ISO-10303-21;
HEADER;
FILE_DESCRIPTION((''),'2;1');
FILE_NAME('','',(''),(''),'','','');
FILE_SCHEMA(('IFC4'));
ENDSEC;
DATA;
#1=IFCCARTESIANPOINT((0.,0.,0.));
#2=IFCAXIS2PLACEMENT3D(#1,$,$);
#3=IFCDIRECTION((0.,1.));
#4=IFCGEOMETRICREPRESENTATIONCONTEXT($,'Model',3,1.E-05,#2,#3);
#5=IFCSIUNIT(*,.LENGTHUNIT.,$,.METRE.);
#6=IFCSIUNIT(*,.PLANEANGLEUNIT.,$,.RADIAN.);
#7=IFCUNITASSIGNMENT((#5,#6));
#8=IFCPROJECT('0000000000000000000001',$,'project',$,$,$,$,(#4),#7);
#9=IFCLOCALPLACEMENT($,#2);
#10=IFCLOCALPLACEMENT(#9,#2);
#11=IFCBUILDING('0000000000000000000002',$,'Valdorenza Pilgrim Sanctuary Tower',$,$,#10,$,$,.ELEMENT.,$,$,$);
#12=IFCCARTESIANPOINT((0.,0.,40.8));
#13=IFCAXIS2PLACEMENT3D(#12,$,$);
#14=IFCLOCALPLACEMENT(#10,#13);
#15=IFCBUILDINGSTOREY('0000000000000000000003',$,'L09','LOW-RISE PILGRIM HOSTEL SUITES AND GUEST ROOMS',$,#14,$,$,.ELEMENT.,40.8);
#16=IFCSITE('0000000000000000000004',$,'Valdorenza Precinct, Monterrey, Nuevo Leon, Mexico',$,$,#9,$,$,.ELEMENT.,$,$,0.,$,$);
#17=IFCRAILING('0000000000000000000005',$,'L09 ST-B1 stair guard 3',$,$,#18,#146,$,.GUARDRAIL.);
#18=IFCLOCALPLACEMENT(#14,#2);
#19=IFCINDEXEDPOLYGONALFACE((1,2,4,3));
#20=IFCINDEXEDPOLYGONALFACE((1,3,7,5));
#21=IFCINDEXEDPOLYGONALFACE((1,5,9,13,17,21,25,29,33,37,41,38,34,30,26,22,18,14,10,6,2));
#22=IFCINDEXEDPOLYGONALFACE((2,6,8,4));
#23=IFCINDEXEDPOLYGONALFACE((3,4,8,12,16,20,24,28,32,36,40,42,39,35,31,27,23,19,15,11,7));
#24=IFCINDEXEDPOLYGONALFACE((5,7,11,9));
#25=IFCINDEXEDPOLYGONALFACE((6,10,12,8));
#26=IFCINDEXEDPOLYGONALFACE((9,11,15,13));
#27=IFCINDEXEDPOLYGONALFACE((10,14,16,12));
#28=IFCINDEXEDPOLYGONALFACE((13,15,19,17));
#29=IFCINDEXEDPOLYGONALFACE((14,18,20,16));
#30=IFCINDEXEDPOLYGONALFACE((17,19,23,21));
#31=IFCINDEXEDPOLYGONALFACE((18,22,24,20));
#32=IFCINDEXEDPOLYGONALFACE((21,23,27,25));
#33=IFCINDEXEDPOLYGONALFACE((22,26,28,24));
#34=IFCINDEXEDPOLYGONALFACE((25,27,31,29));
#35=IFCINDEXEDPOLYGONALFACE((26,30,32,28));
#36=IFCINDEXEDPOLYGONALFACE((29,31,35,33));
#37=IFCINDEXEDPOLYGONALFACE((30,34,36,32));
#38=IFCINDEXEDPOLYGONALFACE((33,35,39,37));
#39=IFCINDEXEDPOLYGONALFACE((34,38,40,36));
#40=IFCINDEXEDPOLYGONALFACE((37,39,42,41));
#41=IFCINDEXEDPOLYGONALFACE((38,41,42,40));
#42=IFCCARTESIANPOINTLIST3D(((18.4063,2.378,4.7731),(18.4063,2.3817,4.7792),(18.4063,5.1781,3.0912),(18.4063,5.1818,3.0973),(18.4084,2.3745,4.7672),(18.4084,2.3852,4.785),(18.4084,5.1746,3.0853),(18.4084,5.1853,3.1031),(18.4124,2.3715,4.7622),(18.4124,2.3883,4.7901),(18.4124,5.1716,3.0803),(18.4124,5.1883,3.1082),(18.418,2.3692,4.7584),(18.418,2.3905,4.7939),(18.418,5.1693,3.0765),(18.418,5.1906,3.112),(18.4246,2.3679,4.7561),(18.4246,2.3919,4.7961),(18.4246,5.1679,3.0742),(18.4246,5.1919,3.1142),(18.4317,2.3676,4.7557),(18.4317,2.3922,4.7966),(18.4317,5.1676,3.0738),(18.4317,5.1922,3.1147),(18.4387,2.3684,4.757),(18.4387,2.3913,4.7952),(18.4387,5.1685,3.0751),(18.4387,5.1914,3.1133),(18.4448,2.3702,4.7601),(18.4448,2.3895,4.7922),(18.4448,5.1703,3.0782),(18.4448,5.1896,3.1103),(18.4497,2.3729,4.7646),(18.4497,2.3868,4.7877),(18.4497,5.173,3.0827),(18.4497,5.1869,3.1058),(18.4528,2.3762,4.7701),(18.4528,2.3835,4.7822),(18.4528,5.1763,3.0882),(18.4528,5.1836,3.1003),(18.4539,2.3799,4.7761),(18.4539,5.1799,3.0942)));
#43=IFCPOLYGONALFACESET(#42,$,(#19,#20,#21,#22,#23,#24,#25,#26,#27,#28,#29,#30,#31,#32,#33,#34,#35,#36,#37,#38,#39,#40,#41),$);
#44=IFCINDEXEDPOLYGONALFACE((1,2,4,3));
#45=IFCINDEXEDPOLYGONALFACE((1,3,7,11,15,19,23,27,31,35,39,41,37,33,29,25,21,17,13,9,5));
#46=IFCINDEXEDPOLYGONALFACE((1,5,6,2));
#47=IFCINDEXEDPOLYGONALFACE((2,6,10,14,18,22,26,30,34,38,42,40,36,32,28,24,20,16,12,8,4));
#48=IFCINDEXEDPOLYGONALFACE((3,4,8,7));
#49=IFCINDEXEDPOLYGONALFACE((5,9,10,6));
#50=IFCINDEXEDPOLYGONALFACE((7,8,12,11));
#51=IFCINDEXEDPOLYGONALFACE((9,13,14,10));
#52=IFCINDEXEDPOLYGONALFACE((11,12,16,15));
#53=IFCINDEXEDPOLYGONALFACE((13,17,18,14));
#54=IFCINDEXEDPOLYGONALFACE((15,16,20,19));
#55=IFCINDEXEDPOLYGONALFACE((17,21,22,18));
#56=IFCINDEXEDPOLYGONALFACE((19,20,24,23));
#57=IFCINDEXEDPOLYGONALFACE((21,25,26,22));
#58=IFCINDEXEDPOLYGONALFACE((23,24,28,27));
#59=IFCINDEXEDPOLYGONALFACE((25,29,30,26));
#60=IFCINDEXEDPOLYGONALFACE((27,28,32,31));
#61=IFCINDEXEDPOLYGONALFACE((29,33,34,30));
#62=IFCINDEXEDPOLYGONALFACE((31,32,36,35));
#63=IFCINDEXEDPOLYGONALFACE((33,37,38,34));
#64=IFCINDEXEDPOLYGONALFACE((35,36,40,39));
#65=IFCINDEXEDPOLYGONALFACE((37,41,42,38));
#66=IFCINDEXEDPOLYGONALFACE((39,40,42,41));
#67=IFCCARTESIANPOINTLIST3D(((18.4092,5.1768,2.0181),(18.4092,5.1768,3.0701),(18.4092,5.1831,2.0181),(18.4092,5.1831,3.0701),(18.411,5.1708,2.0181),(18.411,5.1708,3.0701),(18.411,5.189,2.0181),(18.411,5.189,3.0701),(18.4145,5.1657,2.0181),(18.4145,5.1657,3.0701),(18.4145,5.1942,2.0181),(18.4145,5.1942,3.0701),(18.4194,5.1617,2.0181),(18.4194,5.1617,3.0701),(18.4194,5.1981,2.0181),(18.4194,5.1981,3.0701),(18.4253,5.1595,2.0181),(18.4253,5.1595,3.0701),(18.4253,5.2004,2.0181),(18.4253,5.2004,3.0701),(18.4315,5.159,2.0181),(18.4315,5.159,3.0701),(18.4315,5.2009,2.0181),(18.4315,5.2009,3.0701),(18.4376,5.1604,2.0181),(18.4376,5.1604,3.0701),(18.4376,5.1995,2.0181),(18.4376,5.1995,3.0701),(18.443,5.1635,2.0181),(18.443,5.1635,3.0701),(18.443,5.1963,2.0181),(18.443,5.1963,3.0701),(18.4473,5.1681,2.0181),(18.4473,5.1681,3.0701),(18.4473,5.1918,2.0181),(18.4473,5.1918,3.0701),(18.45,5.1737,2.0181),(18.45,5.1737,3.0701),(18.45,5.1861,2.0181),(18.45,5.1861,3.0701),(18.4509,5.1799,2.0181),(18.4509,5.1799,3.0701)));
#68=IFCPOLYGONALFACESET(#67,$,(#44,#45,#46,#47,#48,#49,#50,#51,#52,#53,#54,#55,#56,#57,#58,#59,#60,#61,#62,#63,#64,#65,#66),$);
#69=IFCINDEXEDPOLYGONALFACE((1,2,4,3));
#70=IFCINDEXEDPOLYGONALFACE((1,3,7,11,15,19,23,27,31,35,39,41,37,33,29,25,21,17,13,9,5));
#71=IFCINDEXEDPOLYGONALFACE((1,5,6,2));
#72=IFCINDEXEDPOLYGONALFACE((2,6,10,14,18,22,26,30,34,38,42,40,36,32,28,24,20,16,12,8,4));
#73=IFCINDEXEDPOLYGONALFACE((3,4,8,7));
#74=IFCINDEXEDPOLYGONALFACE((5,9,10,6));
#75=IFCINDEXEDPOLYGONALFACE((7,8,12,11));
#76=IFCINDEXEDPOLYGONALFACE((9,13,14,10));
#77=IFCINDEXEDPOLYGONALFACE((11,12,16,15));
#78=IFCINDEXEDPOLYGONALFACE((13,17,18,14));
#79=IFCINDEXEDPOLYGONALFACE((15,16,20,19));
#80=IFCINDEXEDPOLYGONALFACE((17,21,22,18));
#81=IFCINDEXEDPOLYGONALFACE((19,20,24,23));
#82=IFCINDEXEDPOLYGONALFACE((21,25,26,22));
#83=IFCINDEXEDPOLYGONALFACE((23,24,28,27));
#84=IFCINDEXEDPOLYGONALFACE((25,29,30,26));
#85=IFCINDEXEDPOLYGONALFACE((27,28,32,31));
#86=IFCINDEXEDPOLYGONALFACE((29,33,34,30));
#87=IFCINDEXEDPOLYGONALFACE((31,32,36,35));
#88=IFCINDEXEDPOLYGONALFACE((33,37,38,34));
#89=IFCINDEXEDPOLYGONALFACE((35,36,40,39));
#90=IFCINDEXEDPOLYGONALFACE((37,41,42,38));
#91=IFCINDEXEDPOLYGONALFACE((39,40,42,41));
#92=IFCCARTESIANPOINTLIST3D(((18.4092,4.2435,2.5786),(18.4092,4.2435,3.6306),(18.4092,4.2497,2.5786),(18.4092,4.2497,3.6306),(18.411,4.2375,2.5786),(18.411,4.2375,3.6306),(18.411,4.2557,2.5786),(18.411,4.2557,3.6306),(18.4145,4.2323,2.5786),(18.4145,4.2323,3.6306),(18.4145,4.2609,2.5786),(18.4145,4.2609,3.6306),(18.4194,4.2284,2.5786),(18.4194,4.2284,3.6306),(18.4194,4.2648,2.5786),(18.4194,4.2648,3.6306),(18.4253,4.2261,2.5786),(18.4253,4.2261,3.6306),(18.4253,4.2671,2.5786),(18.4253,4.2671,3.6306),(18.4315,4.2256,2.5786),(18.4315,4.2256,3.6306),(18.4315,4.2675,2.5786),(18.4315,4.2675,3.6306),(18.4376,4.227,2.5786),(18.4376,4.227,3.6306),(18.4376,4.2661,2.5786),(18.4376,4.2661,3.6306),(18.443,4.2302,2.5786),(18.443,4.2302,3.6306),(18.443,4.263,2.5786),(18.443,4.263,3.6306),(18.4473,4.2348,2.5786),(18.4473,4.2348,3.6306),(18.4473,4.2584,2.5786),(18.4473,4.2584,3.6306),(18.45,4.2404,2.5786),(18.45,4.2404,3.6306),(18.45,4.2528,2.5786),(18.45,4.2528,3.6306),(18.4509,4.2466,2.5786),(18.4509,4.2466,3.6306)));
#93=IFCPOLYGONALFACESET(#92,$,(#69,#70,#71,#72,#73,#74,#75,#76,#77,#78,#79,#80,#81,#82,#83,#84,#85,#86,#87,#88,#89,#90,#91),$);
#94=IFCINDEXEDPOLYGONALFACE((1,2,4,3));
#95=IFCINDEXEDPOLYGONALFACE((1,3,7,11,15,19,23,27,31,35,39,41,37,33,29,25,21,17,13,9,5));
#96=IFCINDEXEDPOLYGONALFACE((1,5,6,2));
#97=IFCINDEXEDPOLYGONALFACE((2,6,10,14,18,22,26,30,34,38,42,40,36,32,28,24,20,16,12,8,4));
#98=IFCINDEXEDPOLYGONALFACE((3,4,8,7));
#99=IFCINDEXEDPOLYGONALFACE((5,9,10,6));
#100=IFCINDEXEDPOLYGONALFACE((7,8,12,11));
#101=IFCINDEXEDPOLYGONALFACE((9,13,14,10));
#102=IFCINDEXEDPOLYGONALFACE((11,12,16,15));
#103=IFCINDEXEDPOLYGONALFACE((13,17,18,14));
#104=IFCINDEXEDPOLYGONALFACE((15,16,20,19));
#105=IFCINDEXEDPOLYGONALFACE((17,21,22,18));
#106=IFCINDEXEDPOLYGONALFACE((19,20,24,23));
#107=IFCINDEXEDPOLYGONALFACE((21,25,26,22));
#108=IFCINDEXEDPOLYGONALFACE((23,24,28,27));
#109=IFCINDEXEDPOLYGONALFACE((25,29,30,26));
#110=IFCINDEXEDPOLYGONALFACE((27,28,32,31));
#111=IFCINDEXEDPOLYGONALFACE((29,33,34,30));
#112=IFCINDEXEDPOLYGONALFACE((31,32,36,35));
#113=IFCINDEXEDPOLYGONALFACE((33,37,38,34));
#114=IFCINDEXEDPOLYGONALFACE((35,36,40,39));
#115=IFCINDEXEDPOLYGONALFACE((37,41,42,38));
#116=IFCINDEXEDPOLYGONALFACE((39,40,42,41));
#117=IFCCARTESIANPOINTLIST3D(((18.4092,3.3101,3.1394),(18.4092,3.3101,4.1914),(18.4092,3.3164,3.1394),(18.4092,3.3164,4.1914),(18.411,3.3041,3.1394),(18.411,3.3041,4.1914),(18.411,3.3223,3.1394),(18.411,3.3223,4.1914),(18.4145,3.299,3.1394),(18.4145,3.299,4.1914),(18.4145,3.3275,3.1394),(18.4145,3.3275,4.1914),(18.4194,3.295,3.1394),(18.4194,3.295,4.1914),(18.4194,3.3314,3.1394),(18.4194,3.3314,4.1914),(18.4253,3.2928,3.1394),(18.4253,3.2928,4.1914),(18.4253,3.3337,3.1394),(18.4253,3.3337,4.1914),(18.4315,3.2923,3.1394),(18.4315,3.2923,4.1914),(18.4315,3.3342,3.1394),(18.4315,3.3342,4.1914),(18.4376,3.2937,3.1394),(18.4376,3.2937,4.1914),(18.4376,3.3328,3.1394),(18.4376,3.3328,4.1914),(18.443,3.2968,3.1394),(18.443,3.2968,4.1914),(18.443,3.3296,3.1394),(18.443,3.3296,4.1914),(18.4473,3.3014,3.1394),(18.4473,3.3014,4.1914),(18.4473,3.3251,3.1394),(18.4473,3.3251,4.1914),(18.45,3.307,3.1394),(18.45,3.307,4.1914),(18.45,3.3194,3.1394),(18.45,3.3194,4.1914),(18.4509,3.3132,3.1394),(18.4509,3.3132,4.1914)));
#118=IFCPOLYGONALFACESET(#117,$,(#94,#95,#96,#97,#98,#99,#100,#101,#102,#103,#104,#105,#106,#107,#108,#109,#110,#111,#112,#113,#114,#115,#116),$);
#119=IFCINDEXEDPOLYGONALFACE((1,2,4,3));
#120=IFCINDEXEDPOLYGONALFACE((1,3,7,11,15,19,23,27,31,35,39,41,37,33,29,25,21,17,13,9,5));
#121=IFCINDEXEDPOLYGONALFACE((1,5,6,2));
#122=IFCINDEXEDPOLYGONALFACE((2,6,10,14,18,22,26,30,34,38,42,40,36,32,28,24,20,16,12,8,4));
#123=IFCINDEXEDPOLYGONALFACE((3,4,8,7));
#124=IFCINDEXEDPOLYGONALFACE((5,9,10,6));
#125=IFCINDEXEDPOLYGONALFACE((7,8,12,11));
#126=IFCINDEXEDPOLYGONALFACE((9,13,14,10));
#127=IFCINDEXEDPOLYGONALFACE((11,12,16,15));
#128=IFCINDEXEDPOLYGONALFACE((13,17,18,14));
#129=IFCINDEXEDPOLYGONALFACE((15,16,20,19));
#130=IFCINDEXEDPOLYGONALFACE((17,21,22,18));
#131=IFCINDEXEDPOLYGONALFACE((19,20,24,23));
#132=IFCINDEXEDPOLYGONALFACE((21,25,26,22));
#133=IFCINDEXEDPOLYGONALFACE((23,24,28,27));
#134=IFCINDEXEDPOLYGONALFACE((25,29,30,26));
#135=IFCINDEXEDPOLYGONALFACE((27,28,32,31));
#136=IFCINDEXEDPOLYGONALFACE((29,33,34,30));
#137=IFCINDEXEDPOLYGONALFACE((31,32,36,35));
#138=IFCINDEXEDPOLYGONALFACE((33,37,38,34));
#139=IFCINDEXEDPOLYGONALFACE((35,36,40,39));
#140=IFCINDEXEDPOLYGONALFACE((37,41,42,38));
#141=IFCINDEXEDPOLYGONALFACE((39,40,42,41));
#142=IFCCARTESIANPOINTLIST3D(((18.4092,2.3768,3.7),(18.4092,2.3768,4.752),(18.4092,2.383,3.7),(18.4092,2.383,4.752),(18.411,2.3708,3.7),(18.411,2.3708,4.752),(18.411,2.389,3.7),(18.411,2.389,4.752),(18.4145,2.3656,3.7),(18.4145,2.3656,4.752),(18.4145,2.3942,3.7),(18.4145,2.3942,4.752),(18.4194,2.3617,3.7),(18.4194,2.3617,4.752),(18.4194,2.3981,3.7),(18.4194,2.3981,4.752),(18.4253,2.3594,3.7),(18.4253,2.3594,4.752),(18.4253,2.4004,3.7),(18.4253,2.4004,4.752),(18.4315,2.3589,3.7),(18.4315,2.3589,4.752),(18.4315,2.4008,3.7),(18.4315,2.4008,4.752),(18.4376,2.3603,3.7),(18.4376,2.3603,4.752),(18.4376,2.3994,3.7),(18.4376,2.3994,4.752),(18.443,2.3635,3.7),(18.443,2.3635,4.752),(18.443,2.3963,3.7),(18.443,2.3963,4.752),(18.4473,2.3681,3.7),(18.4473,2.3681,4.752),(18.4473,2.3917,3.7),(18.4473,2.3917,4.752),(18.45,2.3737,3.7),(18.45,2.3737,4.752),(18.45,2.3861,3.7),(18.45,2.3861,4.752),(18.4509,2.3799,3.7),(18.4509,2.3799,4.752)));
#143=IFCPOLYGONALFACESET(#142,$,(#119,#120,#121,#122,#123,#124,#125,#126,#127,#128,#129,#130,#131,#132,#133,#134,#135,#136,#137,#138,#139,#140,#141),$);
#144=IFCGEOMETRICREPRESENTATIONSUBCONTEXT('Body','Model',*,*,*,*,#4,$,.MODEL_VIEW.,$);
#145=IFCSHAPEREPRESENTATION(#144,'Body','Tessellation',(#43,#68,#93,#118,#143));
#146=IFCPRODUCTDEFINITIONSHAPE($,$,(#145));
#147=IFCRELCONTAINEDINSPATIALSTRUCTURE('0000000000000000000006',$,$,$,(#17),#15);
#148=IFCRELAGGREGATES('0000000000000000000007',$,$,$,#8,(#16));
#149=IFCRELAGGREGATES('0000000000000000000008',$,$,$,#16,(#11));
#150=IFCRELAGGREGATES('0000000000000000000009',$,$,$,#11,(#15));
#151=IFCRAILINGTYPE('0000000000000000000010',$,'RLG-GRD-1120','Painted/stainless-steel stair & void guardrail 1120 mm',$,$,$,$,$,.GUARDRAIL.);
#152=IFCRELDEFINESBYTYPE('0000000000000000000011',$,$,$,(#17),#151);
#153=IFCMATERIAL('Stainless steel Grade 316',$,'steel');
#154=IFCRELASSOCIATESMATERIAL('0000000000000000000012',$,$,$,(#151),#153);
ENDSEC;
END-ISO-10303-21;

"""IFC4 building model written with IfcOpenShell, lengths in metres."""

from ifc_helpers import new_model, si_unit, direction, frame, origin, origin_2d, place, context, subcontext, project, spatial, circle, extrude, material, type_object, element, save


model = new_model("IFC4")

# Units and contexts
model_context = context("Model", 3, precision=1e-05, world=origin(), true_north=direction((0.0, 1.0)))
body_context = subcontext(model_context, "Body", "Model", "MODEL_VIEW")
ifc_project = project(units=[si_unit("LENGTHUNIT", "METRE"), si_unit("PLANEANGLEUNIT", "RADIAN")], contexts=[model_context])

# Site, building, storey
site_placement = place(None, origin())
site = spatial("IfcSite", under=ifc_project, at=site_placement, Name="Valdorenza Precinct, Monterrey, Nuevo Leon, Mexico", CompositionType="ELEMENT", RefElevation=0.0)
building_placement = place(site_placement, origin())
building = spatial("IfcBuilding", under=site, at=building_placement, Name="Valdorenza Pilgrim Sanctuary Tower", CompositionType="ELEMENT")
storey_placement = place(building_placement, frame((0.0, 0.0, 40.8)))
storey = spatial("IfcBuildingStorey", under=building, at=storey_placement, Name="L09", Description="LOW-RISE PILGRIM HOSTEL SUITES AND GUEST ROOMS", CompositionType="ELEMENT", Elevation=40.8)

# Railing
ifc_material_1 = material(Name="Stainless steel Grade 316", Category="steel")
railing_type_1 = type_object("IfcRailingType", Name="RLG-GRD-1120", Description="Painted/stainless-steel stair & void guardrail 1120 mm", PredefinedType="GUARDRAIL", material=ifc_material_1)
railing_1_placement = place(storey_placement, frame((18.4299, 5.1799, 2.0181)))
element("IfcRailing", 1, at=railing_1_placement, inside=storey, type_object=railing_type_1, Name="L09 ST-B1 stair guard 3", PredefinedType="GUARDRAIL", context=body_context, shape_type="SweptSolid", body=[
    extrude(circle(Radius=0.0239, at=origin_2d()), frame((0.0, 0.0, 1.0762), z_axis=(0.0, -0.857242, 0.514913), x_axis=(1.0, 0.0, 0.0)), (0.0, 0.0, 1.0), 3.2664),
    extrude(circle(Radius=0.021, at=origin_2d()), origin(), (0.0, 0.0, 1.0), 1.052),
    extrude(circle(Radius=0.021, at=origin_2d()), frame((0.0, -0.9333, 0.5605)), (0.0, 0.0, 1.0), 1.052),
    extrude(circle(Radius=0.021, at=origin_2d()), frame((0.0, -1.8667, 1.1213)), (0.0, 0.0, 1.0), 1.052),
    extrude(circle(Radius=0.021, at=origin_2d()), frame((0.0, -2.8, 1.6819)), (0.0, 0.0, 1.0), 1.052),
])

save(model, "model.ifc")
